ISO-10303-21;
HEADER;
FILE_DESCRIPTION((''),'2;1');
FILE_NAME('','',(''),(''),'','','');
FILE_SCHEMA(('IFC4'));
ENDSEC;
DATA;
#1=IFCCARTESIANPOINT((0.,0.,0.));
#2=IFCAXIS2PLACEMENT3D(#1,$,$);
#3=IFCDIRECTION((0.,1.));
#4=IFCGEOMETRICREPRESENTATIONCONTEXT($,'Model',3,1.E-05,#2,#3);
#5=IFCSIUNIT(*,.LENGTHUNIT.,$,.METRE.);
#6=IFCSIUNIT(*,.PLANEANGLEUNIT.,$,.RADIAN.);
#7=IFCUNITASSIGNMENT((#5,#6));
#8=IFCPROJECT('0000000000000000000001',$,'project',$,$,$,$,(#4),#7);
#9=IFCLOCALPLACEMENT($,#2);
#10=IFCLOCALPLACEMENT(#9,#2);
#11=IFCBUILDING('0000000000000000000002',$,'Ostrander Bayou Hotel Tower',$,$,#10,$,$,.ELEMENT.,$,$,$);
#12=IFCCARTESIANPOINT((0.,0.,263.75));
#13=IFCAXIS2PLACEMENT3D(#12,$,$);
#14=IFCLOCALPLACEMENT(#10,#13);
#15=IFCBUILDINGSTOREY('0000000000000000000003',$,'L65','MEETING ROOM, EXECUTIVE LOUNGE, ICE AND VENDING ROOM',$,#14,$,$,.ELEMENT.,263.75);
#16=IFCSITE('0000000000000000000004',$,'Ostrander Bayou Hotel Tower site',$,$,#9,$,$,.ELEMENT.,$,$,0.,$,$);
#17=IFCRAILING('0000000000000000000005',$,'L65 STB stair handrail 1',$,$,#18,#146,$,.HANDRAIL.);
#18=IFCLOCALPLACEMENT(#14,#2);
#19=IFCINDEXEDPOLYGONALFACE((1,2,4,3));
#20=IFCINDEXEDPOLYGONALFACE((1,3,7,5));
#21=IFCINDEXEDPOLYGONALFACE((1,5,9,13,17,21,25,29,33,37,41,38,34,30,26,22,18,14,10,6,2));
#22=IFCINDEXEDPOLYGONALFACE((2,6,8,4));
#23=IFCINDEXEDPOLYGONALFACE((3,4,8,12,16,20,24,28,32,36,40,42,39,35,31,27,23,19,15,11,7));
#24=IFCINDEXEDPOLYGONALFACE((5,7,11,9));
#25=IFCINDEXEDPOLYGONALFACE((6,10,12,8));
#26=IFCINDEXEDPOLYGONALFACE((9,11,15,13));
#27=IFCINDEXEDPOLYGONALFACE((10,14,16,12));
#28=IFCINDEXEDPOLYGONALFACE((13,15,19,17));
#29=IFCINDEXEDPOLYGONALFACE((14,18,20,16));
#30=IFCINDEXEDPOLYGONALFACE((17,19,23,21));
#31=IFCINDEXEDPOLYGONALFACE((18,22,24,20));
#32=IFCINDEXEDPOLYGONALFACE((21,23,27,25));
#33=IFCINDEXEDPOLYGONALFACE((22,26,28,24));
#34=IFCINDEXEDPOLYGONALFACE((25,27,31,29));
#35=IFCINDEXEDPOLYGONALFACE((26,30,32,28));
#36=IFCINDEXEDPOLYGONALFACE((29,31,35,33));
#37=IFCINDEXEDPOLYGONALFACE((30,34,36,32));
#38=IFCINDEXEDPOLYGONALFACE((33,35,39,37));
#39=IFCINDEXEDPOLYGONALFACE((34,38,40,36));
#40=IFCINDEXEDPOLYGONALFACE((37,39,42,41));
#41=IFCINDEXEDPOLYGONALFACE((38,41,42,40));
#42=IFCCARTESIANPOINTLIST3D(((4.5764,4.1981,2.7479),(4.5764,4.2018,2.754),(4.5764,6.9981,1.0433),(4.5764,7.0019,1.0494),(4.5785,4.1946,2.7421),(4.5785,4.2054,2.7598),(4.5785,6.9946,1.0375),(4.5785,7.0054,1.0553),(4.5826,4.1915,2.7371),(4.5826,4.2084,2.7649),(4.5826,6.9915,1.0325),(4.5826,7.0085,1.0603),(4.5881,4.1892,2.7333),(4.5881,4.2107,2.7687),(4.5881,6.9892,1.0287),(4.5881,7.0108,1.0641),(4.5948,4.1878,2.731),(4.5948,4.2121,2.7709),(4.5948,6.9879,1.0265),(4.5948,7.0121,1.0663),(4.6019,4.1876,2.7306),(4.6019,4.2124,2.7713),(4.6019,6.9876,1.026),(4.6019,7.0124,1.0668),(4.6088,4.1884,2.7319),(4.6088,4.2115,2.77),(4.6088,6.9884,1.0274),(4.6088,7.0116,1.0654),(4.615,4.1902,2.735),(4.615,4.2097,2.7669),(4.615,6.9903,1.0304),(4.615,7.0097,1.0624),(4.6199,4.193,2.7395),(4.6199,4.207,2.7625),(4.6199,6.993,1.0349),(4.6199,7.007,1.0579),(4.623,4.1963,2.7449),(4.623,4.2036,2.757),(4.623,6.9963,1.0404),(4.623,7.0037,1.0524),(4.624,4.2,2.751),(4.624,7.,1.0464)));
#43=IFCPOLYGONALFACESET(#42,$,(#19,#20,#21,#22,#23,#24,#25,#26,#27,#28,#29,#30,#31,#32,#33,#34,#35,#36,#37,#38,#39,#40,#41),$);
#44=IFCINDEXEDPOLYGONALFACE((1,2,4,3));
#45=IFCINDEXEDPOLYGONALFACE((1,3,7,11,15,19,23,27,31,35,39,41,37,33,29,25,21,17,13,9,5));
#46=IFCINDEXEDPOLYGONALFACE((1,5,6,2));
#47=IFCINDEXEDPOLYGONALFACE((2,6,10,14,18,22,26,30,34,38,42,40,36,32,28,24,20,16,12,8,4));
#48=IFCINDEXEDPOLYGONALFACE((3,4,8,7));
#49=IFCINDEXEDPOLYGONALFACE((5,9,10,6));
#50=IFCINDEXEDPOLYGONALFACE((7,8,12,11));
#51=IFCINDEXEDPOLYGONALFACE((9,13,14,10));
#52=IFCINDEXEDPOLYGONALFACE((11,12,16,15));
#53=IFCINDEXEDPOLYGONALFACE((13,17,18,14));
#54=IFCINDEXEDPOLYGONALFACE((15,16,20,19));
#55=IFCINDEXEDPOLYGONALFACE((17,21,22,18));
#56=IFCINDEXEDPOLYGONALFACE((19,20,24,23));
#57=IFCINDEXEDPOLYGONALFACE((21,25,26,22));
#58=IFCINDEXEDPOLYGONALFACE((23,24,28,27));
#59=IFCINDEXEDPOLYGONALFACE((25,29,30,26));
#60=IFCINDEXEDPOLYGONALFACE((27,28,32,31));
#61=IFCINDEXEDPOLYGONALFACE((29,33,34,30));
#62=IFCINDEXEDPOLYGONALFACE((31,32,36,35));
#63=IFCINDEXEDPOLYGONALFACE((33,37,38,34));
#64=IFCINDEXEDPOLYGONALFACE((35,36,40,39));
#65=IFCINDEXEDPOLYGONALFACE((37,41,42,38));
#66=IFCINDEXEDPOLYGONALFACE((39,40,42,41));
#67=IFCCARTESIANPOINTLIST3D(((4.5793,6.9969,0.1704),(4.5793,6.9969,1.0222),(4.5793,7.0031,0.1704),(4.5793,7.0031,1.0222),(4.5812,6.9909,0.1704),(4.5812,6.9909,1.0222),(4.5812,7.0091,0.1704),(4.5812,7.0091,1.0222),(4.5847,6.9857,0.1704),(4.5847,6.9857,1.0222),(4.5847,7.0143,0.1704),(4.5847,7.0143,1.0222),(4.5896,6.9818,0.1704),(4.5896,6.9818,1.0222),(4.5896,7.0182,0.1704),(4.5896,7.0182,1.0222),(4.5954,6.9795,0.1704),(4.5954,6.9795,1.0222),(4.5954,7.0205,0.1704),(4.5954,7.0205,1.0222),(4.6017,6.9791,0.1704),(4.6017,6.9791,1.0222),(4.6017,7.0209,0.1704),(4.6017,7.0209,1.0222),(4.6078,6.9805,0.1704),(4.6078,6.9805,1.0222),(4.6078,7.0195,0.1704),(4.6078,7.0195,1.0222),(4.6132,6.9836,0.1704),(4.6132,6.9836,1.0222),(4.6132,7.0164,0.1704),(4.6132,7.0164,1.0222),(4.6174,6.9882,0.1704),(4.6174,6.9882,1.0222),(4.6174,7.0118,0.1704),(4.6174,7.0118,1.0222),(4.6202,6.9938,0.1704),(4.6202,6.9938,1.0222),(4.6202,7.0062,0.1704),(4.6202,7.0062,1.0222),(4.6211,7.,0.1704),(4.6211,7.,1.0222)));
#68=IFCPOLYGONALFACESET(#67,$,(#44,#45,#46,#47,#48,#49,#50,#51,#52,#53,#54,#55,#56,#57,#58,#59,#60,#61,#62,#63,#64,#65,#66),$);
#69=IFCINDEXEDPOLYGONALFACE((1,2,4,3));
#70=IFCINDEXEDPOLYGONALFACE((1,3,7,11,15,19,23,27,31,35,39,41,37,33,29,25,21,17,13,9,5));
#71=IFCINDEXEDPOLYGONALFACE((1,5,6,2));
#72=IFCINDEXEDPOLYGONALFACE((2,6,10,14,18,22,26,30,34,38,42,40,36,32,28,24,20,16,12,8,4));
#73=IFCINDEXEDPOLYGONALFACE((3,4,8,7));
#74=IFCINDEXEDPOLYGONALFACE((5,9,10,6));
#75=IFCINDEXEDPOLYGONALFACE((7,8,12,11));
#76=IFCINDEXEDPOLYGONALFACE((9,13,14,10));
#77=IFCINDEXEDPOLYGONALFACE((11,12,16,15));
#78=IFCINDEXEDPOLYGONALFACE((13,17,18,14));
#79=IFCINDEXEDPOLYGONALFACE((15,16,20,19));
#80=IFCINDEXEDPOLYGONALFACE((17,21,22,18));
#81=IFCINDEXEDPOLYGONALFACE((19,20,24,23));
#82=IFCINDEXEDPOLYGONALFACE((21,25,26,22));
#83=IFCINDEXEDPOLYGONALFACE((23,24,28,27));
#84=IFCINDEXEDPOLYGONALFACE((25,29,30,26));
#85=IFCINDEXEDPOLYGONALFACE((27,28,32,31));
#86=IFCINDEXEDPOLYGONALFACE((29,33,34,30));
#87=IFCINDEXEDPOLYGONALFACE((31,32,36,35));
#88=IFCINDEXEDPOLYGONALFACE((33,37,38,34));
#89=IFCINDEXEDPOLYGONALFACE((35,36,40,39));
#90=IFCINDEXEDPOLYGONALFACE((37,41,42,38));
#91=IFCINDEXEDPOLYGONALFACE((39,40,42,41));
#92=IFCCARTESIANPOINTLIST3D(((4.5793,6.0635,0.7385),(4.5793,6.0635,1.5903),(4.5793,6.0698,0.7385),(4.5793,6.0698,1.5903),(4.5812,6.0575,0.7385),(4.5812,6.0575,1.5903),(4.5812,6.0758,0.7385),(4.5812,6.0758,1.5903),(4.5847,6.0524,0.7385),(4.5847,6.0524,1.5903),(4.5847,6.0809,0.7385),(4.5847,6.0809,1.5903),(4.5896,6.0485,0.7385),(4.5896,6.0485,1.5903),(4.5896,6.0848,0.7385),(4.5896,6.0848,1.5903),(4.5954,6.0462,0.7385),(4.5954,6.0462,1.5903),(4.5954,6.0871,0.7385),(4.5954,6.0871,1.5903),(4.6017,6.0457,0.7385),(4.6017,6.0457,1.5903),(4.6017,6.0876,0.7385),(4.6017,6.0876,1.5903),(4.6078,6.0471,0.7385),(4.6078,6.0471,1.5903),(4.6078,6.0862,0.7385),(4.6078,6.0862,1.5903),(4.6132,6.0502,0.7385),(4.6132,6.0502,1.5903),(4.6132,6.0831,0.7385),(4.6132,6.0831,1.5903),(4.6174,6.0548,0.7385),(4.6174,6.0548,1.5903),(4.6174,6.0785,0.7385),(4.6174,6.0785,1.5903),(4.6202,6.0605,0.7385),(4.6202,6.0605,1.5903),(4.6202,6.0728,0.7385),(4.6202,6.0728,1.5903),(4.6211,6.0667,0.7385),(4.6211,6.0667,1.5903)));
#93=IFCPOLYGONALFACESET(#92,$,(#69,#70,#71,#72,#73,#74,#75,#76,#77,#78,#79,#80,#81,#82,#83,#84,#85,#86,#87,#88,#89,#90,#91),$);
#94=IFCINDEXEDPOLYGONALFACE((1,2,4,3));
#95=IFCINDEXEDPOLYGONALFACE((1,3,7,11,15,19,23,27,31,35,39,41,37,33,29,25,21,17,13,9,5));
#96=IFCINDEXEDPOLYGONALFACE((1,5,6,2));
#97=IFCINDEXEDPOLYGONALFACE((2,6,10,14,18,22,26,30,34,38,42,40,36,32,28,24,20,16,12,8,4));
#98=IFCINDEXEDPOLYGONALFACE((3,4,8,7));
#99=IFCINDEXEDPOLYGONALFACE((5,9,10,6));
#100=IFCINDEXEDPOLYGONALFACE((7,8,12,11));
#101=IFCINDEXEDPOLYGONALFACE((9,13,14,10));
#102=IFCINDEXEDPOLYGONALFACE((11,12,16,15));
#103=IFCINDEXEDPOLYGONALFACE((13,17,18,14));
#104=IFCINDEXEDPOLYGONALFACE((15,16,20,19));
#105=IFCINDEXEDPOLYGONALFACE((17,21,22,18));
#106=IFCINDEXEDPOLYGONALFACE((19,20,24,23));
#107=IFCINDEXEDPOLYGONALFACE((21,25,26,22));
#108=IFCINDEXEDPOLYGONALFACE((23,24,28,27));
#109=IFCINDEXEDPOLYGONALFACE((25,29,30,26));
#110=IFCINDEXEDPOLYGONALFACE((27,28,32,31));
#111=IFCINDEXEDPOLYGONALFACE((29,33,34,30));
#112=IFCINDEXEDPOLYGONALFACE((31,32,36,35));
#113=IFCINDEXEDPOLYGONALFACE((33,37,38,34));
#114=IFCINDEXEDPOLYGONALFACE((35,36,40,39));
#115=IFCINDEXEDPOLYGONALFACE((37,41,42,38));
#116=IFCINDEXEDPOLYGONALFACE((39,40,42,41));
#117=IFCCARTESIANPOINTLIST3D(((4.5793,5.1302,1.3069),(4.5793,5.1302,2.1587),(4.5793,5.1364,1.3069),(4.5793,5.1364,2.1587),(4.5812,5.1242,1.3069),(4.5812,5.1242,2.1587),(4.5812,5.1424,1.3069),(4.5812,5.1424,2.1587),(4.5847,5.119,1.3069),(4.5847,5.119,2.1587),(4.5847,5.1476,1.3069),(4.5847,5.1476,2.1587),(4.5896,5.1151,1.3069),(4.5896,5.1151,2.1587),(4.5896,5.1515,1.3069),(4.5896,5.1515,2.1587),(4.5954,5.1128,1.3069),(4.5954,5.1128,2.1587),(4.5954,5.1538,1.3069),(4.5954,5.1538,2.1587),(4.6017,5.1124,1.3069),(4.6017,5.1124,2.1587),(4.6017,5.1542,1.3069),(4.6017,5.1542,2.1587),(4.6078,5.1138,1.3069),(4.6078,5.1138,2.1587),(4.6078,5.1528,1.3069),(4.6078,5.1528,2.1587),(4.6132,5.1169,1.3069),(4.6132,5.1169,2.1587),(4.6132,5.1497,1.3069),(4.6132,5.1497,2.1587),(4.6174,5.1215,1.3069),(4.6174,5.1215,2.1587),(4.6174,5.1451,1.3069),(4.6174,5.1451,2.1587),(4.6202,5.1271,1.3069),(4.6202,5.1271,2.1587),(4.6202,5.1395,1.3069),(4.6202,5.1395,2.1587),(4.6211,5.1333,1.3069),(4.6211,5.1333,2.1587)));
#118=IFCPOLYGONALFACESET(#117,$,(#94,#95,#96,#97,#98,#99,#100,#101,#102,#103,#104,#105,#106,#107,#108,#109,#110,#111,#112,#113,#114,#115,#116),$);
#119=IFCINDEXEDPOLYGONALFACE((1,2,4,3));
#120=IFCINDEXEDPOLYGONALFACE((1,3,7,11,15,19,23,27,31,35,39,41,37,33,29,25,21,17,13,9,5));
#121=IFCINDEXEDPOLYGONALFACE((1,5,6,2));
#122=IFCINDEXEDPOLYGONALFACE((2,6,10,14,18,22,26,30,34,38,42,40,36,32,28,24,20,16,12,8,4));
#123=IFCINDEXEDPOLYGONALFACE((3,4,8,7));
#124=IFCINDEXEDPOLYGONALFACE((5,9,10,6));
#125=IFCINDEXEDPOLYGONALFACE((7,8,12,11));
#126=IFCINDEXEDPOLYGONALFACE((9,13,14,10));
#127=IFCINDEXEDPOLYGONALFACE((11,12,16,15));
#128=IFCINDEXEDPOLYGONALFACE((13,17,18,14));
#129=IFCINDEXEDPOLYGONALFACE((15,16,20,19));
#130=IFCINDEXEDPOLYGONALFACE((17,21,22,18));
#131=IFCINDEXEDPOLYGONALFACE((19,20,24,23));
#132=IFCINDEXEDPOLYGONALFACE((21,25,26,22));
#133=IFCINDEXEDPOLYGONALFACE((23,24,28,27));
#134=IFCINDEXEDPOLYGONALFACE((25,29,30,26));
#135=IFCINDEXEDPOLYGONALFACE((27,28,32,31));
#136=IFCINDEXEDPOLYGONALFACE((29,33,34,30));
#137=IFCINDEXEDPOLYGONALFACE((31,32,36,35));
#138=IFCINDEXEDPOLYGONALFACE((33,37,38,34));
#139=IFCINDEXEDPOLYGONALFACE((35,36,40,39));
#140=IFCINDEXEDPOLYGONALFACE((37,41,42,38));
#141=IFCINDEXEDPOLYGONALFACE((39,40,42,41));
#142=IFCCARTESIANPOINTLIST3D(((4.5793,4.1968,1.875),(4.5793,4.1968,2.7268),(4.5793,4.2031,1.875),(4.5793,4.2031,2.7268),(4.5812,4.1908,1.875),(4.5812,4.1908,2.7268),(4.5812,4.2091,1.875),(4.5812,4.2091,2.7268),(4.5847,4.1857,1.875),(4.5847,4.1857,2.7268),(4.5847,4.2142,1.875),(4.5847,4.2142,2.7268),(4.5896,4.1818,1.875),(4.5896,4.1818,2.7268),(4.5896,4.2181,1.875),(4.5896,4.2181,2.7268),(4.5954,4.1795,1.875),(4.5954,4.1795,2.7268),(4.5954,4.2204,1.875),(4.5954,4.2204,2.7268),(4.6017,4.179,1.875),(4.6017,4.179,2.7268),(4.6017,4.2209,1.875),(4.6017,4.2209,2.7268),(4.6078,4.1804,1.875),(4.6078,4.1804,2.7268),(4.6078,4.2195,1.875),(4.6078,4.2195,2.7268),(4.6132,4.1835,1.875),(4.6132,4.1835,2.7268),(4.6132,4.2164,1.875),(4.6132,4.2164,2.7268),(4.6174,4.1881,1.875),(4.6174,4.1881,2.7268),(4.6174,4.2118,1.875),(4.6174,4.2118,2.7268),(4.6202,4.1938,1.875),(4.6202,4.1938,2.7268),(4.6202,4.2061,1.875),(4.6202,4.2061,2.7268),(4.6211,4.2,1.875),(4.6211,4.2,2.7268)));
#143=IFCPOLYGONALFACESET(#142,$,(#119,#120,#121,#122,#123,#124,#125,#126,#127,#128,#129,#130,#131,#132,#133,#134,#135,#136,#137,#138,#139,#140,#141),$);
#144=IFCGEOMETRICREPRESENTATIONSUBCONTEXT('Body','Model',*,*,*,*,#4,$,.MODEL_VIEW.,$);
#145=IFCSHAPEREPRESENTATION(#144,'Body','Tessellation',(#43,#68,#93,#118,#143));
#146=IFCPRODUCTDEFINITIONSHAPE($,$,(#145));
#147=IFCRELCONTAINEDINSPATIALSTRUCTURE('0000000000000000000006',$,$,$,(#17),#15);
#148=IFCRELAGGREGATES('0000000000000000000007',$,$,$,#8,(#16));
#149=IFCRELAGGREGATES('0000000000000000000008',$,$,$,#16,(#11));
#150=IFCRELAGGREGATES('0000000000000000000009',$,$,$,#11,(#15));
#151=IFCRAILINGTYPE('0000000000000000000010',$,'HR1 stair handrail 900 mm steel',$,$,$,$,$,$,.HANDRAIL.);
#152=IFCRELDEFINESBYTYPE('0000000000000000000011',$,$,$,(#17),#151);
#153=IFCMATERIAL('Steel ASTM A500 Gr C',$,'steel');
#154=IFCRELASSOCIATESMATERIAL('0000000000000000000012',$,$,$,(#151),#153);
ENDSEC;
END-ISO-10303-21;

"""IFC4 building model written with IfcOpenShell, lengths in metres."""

from ifc_helpers import new_model, si_unit, direction, frame, origin, origin_2d, place, context, subcontext, project, spatial, circle, extrude, material, type_object, element, save


model = new_model("IFC4")

# Units and contexts
model_context = context("Model", 3, precision=1e-05, world=origin(), true_north=direction((0.0, 1.0)))
body_context = subcontext(model_context, "Body", "Model", "MODEL_VIEW")
ifc_project = project(units=[si_unit("LENGTHUNIT", "METRE"), si_unit("PLANEANGLEUNIT", "RADIAN")], contexts=[model_context])

# Site, building, storey
site_placement = place(None, origin())
site = spatial("IfcSite", under=ifc_project, at=site_placement, Name="Ostrander Bayou Hotel Tower site", CompositionType="ELEMENT", RefElevation=0.0)
building_placement = place(site_placement, origin())
building = spatial("IfcBuilding", under=site, at=building_placement, Name="Ostrander Bayou Hotel Tower", CompositionType="ELEMENT")
storey_placement = place(building_placement, frame((0.0, 0.0, 263.75)))
storey = spatial("IfcBuildingStorey", under=building, at=storey_placement, Name="L65", Description="MEETING ROOM, EXECUTIVE LOUNGE, ICE AND VENDING ROOM", CompositionType="ELEMENT", Elevation=263.75)

# Railing
ifc_material_1 = material(Name="Steel ASTM A500 Gr C", Category="steel")
railing_type_1 = type_object("IfcRailingType", Name="HR1 stair handrail 900 mm steel", PredefinedType="HANDRAIL", material=ifc_material_1)
railing_1_placement = place(storey_placement, frame((4.6001, 7.0, 0.1704)))
element("IfcRailing", 1, at=railing_1_placement, inside=storey, type_object=railing_type_1, Name="L65 STB stair handrail 1", PredefinedType="HANDRAIL", context=body_context, shape_type="SweptSolid", body=[
    extrude(circle(Radius=0.0239, at=origin_2d()), frame((0.0, 0.0, 0.876), z_axis=(0.0, -0.85417, 0.519994), x_axis=(1.0, 0.0, 0.0)), (0.0, 0.0, 1.0), 3.2781),
    extrude(circle(Radius=0.021, at=origin_2d()), origin(), (0.0, 0.0, 1.0), 0.8518),
    extrude(circle(Radius=0.021, at=origin_2d()), frame((0.0, -0.9333, 0.5681)), (0.0, 0.0, 1.0), 0.8518),
    extrude(circle(Radius=0.021, at=origin_2d()), frame((0.0, -1.8667, 1.1365)), (0.0, 0.0, 1.0), 0.8518),
    extrude(circle(Radius=0.021, at=origin_2d()), frame((0.0, -2.8, 1.7046)), (0.0, 0.0, 1.0), 0.8518),
])

save(model, "model.ifc")
